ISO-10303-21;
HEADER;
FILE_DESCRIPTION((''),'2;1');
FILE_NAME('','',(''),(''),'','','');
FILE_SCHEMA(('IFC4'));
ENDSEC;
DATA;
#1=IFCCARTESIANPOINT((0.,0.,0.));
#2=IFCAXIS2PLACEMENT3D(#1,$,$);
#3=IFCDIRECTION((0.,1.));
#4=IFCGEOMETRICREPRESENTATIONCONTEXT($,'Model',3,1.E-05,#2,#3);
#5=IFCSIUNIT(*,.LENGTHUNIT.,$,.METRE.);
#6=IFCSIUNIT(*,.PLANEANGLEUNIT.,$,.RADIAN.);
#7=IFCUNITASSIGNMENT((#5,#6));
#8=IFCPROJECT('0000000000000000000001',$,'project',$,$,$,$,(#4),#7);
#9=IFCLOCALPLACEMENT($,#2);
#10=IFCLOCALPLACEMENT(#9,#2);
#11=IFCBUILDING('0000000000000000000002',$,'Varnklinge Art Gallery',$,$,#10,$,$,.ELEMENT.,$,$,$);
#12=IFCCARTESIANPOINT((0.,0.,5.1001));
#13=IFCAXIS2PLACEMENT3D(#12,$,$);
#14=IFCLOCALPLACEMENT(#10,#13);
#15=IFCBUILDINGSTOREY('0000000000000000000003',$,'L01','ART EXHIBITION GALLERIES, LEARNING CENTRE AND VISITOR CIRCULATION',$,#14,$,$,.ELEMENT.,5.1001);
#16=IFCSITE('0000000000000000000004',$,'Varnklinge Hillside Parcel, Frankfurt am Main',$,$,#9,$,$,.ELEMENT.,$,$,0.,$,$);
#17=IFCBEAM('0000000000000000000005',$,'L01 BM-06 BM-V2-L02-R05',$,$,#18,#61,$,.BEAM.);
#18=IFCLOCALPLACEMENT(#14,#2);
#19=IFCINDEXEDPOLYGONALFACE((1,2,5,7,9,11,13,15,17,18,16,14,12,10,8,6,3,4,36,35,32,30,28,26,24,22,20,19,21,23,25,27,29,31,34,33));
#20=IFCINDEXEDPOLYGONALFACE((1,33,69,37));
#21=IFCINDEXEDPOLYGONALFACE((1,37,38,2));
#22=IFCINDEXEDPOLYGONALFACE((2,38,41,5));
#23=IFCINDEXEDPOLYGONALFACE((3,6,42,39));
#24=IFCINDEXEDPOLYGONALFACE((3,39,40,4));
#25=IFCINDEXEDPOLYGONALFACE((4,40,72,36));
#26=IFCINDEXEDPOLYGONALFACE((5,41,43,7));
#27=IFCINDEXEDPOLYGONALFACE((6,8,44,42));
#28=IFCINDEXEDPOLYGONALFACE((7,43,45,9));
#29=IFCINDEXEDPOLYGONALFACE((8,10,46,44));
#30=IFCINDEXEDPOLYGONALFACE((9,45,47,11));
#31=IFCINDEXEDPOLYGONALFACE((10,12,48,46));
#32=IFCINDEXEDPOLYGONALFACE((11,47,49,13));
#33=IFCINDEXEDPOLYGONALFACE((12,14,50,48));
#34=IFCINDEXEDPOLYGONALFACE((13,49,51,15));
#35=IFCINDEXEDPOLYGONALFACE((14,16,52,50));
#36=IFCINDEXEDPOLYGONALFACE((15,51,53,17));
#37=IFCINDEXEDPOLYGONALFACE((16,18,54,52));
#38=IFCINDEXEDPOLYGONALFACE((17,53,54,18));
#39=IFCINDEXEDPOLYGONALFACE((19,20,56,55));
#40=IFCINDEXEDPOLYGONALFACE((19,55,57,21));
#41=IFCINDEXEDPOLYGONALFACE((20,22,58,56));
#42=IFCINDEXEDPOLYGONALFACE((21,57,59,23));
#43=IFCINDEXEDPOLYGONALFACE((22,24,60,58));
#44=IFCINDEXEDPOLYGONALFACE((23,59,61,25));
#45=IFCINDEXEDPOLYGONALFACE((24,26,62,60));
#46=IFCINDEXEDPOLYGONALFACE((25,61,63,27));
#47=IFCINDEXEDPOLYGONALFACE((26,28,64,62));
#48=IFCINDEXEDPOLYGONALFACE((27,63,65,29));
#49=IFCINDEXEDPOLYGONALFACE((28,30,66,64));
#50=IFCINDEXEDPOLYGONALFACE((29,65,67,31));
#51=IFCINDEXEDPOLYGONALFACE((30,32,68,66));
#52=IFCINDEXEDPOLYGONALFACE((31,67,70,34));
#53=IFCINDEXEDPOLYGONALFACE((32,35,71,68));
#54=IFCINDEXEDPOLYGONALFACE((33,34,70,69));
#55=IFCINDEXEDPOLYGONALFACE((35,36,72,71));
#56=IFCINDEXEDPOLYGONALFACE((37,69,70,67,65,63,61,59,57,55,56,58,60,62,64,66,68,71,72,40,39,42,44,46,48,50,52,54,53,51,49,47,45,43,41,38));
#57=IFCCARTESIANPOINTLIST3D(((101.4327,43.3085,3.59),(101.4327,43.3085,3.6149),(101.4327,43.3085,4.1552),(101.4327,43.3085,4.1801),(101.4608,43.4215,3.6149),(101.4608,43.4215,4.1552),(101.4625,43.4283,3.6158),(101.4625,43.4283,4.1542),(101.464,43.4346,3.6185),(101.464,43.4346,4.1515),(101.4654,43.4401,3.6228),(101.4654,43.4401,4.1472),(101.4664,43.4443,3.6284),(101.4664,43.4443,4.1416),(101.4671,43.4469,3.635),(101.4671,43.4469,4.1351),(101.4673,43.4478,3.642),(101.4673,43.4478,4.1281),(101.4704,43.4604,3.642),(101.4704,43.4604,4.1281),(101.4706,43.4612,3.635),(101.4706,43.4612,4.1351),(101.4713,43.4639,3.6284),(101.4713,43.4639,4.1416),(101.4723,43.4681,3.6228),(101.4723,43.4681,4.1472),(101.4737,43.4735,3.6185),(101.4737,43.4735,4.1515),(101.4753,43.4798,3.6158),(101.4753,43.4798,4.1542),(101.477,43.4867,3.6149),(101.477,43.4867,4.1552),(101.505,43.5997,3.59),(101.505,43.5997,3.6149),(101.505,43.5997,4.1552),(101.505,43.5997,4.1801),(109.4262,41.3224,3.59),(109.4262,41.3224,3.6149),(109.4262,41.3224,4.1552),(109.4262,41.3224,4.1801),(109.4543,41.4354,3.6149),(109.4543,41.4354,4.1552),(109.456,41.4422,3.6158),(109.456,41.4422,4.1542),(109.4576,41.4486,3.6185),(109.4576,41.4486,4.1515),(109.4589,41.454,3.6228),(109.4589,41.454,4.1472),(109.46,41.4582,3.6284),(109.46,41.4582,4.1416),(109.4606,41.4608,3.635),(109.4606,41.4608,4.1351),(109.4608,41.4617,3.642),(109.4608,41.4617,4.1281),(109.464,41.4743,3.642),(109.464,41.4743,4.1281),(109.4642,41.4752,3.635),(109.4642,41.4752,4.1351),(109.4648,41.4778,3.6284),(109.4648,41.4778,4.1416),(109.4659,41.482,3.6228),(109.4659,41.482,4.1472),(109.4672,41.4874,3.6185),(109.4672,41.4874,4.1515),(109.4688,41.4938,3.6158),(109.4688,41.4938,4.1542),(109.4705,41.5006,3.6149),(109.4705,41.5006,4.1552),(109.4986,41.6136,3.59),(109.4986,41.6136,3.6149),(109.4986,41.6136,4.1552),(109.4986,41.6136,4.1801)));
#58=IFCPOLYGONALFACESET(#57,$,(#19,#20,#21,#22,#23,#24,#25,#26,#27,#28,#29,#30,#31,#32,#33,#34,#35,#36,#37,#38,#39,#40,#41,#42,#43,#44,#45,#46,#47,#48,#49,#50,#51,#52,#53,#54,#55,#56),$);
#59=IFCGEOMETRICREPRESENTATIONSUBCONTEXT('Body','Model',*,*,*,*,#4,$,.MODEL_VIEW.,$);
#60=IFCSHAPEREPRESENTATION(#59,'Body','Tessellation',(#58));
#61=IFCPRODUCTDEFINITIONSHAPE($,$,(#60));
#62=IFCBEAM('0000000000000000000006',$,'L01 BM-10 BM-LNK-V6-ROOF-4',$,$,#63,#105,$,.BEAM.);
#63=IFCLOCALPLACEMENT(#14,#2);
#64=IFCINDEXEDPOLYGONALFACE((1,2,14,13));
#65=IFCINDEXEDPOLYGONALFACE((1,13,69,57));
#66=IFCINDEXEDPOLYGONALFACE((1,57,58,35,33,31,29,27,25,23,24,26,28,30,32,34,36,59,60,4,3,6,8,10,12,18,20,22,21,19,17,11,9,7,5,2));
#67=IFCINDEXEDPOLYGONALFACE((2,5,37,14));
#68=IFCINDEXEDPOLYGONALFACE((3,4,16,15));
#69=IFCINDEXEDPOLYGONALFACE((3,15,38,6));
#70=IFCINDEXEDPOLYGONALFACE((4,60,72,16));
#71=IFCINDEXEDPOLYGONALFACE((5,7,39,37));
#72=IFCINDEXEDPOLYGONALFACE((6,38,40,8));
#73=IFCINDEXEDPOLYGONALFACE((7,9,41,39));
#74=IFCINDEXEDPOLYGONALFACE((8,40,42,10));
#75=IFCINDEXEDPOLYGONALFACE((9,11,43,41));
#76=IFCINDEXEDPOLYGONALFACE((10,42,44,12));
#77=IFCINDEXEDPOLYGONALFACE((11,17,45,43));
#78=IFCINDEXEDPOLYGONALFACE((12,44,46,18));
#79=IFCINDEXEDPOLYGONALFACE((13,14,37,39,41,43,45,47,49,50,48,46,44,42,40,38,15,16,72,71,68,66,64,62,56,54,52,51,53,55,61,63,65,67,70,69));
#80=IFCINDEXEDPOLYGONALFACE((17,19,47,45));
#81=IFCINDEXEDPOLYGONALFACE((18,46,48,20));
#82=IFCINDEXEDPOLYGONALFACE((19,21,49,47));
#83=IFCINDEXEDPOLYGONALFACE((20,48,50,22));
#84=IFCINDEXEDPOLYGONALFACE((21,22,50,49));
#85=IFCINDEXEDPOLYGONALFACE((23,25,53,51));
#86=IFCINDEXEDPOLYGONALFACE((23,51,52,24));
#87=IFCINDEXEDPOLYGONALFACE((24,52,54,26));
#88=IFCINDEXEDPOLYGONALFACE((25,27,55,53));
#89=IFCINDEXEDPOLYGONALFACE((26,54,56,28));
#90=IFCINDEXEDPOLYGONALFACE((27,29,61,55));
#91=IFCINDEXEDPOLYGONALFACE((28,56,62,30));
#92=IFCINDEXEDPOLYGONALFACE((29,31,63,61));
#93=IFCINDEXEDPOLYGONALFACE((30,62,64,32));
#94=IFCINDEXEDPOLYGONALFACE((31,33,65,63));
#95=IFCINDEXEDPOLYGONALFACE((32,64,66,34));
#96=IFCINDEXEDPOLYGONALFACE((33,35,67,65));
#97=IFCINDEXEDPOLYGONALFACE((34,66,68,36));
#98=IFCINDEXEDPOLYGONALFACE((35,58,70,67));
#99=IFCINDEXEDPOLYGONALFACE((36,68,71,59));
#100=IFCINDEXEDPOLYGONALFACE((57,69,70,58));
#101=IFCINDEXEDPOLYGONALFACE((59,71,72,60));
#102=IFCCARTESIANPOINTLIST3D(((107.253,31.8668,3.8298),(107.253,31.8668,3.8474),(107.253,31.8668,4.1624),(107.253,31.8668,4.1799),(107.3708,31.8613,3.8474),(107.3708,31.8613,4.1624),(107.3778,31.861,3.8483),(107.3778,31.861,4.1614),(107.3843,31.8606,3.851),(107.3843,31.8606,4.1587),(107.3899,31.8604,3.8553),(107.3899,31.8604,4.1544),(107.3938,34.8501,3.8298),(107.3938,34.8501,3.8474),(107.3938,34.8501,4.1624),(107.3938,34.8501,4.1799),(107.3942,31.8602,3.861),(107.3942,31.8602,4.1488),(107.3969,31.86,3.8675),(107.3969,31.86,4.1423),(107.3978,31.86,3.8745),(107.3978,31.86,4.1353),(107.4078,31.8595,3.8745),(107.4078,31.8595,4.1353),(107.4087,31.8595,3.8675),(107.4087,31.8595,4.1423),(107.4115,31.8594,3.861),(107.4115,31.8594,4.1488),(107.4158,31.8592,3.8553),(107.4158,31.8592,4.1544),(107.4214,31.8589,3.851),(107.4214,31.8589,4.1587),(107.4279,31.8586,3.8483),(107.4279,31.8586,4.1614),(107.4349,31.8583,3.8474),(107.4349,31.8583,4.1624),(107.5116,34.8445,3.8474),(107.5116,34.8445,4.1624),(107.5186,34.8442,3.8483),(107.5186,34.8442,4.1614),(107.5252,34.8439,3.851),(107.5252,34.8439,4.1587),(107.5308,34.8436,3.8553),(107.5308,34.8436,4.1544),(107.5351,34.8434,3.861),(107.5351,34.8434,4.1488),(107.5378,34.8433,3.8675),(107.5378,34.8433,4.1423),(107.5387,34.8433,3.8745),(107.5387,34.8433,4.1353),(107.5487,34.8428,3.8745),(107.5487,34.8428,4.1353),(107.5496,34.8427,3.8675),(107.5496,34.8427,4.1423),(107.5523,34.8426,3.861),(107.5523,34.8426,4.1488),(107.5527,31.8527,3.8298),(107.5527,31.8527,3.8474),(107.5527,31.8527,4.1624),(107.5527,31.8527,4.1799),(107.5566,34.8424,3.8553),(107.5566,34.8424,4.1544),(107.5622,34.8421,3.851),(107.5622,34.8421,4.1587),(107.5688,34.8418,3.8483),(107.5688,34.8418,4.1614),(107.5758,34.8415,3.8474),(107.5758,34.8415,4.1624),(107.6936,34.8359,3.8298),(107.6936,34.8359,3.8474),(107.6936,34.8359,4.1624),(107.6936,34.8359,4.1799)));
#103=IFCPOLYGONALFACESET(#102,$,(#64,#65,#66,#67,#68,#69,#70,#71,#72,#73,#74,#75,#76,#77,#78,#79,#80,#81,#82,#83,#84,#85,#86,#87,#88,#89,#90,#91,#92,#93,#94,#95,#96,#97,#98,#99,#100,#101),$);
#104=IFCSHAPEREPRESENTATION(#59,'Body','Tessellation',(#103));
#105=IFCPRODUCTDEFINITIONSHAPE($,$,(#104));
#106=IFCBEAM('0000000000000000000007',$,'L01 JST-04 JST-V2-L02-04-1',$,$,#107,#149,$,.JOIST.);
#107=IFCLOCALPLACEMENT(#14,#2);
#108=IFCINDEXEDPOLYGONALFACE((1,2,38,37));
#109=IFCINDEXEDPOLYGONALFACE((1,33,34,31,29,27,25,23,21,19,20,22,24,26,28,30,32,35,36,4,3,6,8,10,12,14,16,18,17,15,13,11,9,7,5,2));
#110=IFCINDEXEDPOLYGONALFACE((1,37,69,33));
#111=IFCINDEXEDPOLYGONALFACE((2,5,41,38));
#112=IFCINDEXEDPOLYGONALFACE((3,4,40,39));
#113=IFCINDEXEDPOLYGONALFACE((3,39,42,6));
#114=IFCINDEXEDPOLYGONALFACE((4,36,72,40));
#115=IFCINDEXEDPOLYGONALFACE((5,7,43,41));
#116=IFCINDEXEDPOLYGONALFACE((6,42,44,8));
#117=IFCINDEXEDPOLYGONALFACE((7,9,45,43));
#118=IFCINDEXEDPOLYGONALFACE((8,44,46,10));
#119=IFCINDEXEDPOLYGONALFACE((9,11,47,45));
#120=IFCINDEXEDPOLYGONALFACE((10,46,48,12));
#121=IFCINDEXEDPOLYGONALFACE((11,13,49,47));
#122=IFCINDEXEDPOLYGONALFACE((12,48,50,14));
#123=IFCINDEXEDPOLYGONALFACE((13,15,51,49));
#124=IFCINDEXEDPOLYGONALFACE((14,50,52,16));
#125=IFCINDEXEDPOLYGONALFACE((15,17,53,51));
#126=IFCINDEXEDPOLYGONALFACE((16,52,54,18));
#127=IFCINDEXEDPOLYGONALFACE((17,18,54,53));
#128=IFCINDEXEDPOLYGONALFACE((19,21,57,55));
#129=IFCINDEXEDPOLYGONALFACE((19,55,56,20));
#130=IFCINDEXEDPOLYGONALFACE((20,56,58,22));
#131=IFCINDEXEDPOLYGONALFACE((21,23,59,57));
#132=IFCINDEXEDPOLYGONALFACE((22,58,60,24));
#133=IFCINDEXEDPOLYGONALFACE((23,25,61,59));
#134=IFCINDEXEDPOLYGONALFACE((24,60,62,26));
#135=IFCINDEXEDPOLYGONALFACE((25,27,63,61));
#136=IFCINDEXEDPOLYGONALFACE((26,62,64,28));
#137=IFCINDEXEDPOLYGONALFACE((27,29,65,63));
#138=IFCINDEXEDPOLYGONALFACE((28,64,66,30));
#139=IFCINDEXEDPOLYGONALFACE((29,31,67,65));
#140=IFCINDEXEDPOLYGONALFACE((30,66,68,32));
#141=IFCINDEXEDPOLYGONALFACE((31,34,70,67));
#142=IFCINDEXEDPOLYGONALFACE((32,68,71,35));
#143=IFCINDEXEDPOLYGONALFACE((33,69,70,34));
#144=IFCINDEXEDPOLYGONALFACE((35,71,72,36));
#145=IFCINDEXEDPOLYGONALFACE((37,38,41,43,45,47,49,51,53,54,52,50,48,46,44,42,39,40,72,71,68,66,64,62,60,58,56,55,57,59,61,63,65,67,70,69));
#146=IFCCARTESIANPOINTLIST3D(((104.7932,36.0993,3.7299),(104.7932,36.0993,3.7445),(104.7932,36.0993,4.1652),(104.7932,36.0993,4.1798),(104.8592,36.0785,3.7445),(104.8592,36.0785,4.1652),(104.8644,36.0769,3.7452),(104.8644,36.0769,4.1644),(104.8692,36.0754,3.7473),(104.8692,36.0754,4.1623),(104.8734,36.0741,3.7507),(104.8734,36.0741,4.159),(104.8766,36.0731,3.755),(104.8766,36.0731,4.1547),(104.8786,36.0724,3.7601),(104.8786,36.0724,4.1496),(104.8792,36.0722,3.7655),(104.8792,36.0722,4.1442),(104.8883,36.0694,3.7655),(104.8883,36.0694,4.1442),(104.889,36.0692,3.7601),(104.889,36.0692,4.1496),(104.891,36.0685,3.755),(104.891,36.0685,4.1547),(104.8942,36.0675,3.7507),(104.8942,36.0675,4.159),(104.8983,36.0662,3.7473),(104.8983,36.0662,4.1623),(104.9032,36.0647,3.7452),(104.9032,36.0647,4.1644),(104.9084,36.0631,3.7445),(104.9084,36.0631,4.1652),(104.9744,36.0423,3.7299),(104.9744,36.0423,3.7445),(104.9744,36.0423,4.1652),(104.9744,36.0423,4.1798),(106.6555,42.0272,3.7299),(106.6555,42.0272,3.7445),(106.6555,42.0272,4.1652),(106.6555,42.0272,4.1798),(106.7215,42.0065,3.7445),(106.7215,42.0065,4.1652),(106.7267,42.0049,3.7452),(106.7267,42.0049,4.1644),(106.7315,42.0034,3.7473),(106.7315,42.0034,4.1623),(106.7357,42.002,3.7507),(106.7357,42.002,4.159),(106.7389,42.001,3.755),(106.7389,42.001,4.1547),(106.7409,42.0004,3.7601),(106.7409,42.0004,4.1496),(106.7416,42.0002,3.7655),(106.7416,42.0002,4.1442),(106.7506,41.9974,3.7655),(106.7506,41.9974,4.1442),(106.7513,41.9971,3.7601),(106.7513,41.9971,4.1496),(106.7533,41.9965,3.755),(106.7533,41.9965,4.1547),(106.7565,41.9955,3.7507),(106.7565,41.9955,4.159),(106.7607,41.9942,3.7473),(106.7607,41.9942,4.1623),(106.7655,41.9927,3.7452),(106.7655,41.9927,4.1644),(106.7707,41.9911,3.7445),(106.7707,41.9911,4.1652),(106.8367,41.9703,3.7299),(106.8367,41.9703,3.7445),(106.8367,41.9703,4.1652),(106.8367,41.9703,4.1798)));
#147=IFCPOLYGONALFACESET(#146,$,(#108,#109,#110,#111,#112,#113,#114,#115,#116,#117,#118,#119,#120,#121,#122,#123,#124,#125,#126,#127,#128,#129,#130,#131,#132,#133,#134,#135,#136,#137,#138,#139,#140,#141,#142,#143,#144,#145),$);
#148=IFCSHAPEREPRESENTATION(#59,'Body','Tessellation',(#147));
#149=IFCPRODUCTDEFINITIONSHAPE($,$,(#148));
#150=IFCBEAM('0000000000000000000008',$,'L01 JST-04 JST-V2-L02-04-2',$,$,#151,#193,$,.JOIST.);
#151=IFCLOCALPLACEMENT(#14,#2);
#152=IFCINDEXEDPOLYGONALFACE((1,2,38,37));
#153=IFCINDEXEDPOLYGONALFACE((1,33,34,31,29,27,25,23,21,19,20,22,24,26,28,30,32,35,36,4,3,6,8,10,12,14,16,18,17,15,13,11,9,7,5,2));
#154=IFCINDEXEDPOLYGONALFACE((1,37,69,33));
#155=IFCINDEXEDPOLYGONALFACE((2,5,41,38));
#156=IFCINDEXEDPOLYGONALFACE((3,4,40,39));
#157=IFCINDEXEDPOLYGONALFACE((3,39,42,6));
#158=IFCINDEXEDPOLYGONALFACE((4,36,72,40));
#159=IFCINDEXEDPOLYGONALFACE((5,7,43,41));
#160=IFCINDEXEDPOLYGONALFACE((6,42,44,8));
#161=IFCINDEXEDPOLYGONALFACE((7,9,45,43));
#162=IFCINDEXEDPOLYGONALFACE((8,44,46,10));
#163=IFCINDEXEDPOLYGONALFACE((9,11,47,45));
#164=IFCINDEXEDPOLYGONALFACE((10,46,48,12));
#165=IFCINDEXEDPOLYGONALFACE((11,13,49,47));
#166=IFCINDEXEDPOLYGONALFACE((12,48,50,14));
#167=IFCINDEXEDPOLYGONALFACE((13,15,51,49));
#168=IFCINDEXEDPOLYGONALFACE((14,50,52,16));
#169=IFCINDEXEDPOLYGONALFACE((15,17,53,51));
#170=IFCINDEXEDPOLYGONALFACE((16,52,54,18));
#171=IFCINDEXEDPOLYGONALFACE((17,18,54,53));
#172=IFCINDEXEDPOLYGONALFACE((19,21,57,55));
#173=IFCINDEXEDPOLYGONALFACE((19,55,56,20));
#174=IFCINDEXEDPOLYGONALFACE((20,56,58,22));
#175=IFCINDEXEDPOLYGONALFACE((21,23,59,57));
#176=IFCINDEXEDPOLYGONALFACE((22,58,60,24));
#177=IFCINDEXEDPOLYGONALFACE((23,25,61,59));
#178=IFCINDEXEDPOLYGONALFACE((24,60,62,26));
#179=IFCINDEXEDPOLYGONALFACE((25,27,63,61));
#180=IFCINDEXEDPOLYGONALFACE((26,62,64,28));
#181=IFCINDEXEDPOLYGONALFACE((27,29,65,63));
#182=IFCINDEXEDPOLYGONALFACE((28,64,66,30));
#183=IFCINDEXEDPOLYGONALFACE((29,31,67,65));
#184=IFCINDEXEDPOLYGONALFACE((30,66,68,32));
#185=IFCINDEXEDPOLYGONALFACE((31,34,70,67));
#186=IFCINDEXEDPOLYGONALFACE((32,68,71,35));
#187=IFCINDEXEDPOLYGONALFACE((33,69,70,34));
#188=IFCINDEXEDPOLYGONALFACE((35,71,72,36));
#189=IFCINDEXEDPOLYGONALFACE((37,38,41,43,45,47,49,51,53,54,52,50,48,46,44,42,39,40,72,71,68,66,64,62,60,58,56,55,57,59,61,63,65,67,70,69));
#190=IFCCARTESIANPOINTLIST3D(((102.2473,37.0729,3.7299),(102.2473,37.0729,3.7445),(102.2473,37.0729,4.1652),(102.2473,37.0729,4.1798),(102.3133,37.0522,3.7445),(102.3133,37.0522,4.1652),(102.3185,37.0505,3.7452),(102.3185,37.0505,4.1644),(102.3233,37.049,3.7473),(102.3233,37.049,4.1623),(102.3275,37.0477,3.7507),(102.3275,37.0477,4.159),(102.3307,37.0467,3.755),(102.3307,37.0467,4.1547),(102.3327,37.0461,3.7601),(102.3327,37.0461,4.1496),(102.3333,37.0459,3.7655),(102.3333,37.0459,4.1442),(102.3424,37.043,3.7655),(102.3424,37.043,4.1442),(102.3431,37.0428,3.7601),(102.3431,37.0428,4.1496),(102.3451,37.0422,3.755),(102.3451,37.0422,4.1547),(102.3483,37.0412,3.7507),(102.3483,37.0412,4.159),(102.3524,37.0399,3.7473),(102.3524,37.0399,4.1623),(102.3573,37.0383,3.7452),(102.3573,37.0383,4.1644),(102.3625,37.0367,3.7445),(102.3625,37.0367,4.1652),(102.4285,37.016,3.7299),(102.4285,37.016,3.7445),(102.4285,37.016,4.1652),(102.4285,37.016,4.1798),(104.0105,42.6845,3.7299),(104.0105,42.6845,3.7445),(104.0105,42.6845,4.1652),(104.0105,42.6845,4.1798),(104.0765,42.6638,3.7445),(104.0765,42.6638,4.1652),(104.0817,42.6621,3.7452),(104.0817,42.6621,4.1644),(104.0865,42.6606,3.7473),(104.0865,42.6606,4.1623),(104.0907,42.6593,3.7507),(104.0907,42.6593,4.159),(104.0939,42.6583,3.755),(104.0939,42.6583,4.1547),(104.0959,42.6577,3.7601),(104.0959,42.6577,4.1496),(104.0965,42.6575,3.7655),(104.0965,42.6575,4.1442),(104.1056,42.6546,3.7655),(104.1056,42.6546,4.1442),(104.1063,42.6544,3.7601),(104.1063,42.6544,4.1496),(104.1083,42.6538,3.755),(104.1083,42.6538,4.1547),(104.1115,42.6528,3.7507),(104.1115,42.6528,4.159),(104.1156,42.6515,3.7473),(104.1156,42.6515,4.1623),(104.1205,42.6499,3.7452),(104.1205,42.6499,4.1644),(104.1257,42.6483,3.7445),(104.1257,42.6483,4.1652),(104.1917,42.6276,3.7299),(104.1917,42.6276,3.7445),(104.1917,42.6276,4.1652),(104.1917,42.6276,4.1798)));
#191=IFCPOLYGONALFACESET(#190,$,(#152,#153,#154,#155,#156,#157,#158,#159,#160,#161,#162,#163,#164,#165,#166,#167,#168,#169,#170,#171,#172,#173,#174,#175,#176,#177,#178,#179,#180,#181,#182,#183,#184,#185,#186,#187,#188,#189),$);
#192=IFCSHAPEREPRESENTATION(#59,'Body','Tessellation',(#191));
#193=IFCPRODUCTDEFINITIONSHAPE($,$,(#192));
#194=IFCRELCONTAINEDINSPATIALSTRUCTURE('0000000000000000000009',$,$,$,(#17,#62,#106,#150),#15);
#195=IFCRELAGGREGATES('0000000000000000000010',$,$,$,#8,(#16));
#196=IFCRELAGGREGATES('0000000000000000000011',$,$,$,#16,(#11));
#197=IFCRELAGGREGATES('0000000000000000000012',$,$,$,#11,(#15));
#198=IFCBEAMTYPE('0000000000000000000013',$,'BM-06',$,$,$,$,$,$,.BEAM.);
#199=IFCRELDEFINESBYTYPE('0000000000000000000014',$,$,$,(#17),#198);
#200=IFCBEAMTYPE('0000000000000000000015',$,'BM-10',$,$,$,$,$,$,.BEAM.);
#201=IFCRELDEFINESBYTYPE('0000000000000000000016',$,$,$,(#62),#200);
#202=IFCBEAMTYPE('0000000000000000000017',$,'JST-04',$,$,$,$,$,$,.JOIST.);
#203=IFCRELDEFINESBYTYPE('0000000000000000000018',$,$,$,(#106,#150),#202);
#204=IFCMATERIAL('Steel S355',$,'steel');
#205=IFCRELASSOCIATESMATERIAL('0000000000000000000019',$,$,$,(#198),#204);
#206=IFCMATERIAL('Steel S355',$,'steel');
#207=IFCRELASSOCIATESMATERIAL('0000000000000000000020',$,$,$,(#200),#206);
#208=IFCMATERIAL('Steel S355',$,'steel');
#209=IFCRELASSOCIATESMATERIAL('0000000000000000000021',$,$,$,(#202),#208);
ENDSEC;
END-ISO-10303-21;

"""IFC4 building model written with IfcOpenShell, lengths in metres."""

from ifc_helpers import new_model, si_unit, direction, frame, origin, origin_2d, place, context, subcontext, project, spatial, i_section, extrude, material, material_profile, profile_set, type_object, element, save


model = new_model("IFC4")

# Units and contexts
model_context = context("Model", 3, precision=1e-05, world=origin(), true_north=direction((0.0, 1.0)))
body_context = subcontext(model_context, "Body", "Model", "MODEL_VIEW")
ifc_project = project(units=[si_unit("LENGTHUNIT", "METRE"), si_unit("PLANEANGLEUNIT", "RADIAN")], contexts=[model_context])

# Site, building, storey
site_placement = place(None, origin())
site = spatial("IfcSite", under=ifc_project, at=site_placement, Name="Varnklinge Hillside Parcel, Frankfurt am Main", CompositionType="ELEMENT", RefElevation=0.0)
building_placement = place(site_placement, origin())
building = spatial("IfcBuilding", under=site, at=building_placement, Name="Varnklinge Art Gallery", CompositionType="ELEMENT")
storey_placement = place(building_placement, frame((0.0, 0.0, 5.1001)))
storey = spatial("IfcBuildingStorey", under=building, at=storey_placement, Name="L01", Description="ART EXHIBITION GALLERIES, LEARNING CENTRE AND VISITOR CIRCULATION", CompositionType="ELEMENT", Elevation=5.1001)

# Beams
ifc_material_1 = material(Name="Steel S355", Category="steel")
ifc_material_profile_1 = material_profile(ifc_material_1, i_section(OverallWidth=0.3, OverallDepth=0.5901, WebThickness=0.0129, FlangeThickness=0.0249, FilletRadius=0.0271, at=origin_2d()), Name="HEA 600")
ifc_profile_set_1 = profile_set([ifc_material_profile_1], Name="Steel S355")
beam_type_1 = type_object("IfcBeamType", Name="BM-06", PredefinedType="BEAM", material=ifc_profile_set_1)
beam_1_placement = place(storey_placement, frame((109.4624, 41.468, 3.885), z_axis=(-0.970494, 0.241127, 0.0), x_axis=(-0.241127, -0.970494, 0.0)))
element("IfcBeam", 1, at=beam_1_placement, inside=storey, type_object=beam_type_1, Name="L01 BM-06 BM-V2-L02-R05", PredefinedType="BEAM", context=body_context, shape_type="SweptSolid", body=[
    extrude(i_section(OverallWidth=0.3, OverallDepth=0.5901, WebThickness=0.0129, FlangeThickness=0.0249, FilletRadius=0.0271, at=origin_2d()), origin(), (0.0, 0.0, 1.0), 8.2366),
])
ifc_material_2 = material(Name="Steel S355", Category="steel")
ifc_material_profile_2 = material_profile(ifc_material_2, i_section(OverallWidth=0.3, OverallDepth=0.3501, WebThickness=0.01, FlangeThickness=0.0176, FilletRadius=0.0271, at=origin_2d()), Name="HEA 360")
ifc_profile_set_2 = profile_set([ifc_material_profile_2], Name="Steel S355")
beam_type_2 = type_object("IfcBeamType", Name="BM-10", PredefinedType="BEAM", material=ifc_profile_set_2)
beam_2_placement = place(storey_placement, frame((107.5437, 34.843, 4.0049), z_axis=(-0.047169, -0.998887, 0.0), x_axis=(0.998887, -0.047169, 0.0)))
element("IfcBeam", 2, at=beam_2_placement, inside=storey, type_object=beam_type_2, Name="L01 BM-10 BM-LNK-V6-ROOF-4", PredefinedType="BEAM", context=body_context, shape_type="SweptSolid", body=[
    extrude(i_section(OverallWidth=0.3, OverallDepth=0.3501, WebThickness=0.01, FlangeThickness=0.0176, FilletRadius=0.0271, at=origin_2d()), origin(), (0.0, 0.0, 1.0), 2.9866),
])
ifc_material_3 = material(Name="Steel S355", Category="steel")
ifc_material_profile_3 = material_profile(ifc_material_3, i_section(OverallWidth=0.1899, OverallDepth=0.45, WebThickness=0.0095, FlangeThickness=0.0146, FilletRadius=0.021, at=origin_2d()), Name="IPE 450")
ifc_profile_set_3 = profile_set([ifc_material_profile_3], Name="Steel S355")
beam_type_3 = type_object("IfcBeamType", Name="JST-04", PredefinedType="JOIST", material=ifc_profile_set_3)
beam_3_placement = place(storey_placement, frame((104.8838, 36.0708, 3.9548), z_axis=(0.299713, 0.954029, 0.0), x_axis=(-0.954029, 0.299713, 0.0)))
element("IfcBeam", 3, at=beam_3_placement, inside=storey, type_object=beam_type_3, Name="L01 JST-04 JST-V2-L02-04-1", PredefinedType="JOIST", context=body_context, shape_type="SweptSolid", body=[
    extrude(i_section(OverallWidth=0.1899, OverallDepth=0.45, WebThickness=0.0095, FlangeThickness=0.0146, FilletRadius=0.021, at=origin_2d()), origin(), (0.0, 0.0, 1.0), 6.2136),
])
beam_4_placement = place(storey_placement, frame((102.3379, 37.0444, 3.9548), z_axis=(0.299756, 0.954016, 0.0), x_axis=(-0.954016, 0.299756, 0.0)))
element("IfcBeam", 4, at=beam_4_placement, inside=storey, type_object=beam_type_3, Name="L01 JST-04 JST-V2-L02-04-2", PredefinedType="JOIST", context=body_context, shape_type="SweptSolid", body=[
    extrude(i_section(OverallWidth=0.1899, OverallDepth=0.45, WebThickness=0.0095, FlangeThickness=0.0146, FilletRadius=0.021, at=origin_2d()), origin(), (0.0, 0.0, 1.0), 5.8821),
])

save(model, "model.ifc")
